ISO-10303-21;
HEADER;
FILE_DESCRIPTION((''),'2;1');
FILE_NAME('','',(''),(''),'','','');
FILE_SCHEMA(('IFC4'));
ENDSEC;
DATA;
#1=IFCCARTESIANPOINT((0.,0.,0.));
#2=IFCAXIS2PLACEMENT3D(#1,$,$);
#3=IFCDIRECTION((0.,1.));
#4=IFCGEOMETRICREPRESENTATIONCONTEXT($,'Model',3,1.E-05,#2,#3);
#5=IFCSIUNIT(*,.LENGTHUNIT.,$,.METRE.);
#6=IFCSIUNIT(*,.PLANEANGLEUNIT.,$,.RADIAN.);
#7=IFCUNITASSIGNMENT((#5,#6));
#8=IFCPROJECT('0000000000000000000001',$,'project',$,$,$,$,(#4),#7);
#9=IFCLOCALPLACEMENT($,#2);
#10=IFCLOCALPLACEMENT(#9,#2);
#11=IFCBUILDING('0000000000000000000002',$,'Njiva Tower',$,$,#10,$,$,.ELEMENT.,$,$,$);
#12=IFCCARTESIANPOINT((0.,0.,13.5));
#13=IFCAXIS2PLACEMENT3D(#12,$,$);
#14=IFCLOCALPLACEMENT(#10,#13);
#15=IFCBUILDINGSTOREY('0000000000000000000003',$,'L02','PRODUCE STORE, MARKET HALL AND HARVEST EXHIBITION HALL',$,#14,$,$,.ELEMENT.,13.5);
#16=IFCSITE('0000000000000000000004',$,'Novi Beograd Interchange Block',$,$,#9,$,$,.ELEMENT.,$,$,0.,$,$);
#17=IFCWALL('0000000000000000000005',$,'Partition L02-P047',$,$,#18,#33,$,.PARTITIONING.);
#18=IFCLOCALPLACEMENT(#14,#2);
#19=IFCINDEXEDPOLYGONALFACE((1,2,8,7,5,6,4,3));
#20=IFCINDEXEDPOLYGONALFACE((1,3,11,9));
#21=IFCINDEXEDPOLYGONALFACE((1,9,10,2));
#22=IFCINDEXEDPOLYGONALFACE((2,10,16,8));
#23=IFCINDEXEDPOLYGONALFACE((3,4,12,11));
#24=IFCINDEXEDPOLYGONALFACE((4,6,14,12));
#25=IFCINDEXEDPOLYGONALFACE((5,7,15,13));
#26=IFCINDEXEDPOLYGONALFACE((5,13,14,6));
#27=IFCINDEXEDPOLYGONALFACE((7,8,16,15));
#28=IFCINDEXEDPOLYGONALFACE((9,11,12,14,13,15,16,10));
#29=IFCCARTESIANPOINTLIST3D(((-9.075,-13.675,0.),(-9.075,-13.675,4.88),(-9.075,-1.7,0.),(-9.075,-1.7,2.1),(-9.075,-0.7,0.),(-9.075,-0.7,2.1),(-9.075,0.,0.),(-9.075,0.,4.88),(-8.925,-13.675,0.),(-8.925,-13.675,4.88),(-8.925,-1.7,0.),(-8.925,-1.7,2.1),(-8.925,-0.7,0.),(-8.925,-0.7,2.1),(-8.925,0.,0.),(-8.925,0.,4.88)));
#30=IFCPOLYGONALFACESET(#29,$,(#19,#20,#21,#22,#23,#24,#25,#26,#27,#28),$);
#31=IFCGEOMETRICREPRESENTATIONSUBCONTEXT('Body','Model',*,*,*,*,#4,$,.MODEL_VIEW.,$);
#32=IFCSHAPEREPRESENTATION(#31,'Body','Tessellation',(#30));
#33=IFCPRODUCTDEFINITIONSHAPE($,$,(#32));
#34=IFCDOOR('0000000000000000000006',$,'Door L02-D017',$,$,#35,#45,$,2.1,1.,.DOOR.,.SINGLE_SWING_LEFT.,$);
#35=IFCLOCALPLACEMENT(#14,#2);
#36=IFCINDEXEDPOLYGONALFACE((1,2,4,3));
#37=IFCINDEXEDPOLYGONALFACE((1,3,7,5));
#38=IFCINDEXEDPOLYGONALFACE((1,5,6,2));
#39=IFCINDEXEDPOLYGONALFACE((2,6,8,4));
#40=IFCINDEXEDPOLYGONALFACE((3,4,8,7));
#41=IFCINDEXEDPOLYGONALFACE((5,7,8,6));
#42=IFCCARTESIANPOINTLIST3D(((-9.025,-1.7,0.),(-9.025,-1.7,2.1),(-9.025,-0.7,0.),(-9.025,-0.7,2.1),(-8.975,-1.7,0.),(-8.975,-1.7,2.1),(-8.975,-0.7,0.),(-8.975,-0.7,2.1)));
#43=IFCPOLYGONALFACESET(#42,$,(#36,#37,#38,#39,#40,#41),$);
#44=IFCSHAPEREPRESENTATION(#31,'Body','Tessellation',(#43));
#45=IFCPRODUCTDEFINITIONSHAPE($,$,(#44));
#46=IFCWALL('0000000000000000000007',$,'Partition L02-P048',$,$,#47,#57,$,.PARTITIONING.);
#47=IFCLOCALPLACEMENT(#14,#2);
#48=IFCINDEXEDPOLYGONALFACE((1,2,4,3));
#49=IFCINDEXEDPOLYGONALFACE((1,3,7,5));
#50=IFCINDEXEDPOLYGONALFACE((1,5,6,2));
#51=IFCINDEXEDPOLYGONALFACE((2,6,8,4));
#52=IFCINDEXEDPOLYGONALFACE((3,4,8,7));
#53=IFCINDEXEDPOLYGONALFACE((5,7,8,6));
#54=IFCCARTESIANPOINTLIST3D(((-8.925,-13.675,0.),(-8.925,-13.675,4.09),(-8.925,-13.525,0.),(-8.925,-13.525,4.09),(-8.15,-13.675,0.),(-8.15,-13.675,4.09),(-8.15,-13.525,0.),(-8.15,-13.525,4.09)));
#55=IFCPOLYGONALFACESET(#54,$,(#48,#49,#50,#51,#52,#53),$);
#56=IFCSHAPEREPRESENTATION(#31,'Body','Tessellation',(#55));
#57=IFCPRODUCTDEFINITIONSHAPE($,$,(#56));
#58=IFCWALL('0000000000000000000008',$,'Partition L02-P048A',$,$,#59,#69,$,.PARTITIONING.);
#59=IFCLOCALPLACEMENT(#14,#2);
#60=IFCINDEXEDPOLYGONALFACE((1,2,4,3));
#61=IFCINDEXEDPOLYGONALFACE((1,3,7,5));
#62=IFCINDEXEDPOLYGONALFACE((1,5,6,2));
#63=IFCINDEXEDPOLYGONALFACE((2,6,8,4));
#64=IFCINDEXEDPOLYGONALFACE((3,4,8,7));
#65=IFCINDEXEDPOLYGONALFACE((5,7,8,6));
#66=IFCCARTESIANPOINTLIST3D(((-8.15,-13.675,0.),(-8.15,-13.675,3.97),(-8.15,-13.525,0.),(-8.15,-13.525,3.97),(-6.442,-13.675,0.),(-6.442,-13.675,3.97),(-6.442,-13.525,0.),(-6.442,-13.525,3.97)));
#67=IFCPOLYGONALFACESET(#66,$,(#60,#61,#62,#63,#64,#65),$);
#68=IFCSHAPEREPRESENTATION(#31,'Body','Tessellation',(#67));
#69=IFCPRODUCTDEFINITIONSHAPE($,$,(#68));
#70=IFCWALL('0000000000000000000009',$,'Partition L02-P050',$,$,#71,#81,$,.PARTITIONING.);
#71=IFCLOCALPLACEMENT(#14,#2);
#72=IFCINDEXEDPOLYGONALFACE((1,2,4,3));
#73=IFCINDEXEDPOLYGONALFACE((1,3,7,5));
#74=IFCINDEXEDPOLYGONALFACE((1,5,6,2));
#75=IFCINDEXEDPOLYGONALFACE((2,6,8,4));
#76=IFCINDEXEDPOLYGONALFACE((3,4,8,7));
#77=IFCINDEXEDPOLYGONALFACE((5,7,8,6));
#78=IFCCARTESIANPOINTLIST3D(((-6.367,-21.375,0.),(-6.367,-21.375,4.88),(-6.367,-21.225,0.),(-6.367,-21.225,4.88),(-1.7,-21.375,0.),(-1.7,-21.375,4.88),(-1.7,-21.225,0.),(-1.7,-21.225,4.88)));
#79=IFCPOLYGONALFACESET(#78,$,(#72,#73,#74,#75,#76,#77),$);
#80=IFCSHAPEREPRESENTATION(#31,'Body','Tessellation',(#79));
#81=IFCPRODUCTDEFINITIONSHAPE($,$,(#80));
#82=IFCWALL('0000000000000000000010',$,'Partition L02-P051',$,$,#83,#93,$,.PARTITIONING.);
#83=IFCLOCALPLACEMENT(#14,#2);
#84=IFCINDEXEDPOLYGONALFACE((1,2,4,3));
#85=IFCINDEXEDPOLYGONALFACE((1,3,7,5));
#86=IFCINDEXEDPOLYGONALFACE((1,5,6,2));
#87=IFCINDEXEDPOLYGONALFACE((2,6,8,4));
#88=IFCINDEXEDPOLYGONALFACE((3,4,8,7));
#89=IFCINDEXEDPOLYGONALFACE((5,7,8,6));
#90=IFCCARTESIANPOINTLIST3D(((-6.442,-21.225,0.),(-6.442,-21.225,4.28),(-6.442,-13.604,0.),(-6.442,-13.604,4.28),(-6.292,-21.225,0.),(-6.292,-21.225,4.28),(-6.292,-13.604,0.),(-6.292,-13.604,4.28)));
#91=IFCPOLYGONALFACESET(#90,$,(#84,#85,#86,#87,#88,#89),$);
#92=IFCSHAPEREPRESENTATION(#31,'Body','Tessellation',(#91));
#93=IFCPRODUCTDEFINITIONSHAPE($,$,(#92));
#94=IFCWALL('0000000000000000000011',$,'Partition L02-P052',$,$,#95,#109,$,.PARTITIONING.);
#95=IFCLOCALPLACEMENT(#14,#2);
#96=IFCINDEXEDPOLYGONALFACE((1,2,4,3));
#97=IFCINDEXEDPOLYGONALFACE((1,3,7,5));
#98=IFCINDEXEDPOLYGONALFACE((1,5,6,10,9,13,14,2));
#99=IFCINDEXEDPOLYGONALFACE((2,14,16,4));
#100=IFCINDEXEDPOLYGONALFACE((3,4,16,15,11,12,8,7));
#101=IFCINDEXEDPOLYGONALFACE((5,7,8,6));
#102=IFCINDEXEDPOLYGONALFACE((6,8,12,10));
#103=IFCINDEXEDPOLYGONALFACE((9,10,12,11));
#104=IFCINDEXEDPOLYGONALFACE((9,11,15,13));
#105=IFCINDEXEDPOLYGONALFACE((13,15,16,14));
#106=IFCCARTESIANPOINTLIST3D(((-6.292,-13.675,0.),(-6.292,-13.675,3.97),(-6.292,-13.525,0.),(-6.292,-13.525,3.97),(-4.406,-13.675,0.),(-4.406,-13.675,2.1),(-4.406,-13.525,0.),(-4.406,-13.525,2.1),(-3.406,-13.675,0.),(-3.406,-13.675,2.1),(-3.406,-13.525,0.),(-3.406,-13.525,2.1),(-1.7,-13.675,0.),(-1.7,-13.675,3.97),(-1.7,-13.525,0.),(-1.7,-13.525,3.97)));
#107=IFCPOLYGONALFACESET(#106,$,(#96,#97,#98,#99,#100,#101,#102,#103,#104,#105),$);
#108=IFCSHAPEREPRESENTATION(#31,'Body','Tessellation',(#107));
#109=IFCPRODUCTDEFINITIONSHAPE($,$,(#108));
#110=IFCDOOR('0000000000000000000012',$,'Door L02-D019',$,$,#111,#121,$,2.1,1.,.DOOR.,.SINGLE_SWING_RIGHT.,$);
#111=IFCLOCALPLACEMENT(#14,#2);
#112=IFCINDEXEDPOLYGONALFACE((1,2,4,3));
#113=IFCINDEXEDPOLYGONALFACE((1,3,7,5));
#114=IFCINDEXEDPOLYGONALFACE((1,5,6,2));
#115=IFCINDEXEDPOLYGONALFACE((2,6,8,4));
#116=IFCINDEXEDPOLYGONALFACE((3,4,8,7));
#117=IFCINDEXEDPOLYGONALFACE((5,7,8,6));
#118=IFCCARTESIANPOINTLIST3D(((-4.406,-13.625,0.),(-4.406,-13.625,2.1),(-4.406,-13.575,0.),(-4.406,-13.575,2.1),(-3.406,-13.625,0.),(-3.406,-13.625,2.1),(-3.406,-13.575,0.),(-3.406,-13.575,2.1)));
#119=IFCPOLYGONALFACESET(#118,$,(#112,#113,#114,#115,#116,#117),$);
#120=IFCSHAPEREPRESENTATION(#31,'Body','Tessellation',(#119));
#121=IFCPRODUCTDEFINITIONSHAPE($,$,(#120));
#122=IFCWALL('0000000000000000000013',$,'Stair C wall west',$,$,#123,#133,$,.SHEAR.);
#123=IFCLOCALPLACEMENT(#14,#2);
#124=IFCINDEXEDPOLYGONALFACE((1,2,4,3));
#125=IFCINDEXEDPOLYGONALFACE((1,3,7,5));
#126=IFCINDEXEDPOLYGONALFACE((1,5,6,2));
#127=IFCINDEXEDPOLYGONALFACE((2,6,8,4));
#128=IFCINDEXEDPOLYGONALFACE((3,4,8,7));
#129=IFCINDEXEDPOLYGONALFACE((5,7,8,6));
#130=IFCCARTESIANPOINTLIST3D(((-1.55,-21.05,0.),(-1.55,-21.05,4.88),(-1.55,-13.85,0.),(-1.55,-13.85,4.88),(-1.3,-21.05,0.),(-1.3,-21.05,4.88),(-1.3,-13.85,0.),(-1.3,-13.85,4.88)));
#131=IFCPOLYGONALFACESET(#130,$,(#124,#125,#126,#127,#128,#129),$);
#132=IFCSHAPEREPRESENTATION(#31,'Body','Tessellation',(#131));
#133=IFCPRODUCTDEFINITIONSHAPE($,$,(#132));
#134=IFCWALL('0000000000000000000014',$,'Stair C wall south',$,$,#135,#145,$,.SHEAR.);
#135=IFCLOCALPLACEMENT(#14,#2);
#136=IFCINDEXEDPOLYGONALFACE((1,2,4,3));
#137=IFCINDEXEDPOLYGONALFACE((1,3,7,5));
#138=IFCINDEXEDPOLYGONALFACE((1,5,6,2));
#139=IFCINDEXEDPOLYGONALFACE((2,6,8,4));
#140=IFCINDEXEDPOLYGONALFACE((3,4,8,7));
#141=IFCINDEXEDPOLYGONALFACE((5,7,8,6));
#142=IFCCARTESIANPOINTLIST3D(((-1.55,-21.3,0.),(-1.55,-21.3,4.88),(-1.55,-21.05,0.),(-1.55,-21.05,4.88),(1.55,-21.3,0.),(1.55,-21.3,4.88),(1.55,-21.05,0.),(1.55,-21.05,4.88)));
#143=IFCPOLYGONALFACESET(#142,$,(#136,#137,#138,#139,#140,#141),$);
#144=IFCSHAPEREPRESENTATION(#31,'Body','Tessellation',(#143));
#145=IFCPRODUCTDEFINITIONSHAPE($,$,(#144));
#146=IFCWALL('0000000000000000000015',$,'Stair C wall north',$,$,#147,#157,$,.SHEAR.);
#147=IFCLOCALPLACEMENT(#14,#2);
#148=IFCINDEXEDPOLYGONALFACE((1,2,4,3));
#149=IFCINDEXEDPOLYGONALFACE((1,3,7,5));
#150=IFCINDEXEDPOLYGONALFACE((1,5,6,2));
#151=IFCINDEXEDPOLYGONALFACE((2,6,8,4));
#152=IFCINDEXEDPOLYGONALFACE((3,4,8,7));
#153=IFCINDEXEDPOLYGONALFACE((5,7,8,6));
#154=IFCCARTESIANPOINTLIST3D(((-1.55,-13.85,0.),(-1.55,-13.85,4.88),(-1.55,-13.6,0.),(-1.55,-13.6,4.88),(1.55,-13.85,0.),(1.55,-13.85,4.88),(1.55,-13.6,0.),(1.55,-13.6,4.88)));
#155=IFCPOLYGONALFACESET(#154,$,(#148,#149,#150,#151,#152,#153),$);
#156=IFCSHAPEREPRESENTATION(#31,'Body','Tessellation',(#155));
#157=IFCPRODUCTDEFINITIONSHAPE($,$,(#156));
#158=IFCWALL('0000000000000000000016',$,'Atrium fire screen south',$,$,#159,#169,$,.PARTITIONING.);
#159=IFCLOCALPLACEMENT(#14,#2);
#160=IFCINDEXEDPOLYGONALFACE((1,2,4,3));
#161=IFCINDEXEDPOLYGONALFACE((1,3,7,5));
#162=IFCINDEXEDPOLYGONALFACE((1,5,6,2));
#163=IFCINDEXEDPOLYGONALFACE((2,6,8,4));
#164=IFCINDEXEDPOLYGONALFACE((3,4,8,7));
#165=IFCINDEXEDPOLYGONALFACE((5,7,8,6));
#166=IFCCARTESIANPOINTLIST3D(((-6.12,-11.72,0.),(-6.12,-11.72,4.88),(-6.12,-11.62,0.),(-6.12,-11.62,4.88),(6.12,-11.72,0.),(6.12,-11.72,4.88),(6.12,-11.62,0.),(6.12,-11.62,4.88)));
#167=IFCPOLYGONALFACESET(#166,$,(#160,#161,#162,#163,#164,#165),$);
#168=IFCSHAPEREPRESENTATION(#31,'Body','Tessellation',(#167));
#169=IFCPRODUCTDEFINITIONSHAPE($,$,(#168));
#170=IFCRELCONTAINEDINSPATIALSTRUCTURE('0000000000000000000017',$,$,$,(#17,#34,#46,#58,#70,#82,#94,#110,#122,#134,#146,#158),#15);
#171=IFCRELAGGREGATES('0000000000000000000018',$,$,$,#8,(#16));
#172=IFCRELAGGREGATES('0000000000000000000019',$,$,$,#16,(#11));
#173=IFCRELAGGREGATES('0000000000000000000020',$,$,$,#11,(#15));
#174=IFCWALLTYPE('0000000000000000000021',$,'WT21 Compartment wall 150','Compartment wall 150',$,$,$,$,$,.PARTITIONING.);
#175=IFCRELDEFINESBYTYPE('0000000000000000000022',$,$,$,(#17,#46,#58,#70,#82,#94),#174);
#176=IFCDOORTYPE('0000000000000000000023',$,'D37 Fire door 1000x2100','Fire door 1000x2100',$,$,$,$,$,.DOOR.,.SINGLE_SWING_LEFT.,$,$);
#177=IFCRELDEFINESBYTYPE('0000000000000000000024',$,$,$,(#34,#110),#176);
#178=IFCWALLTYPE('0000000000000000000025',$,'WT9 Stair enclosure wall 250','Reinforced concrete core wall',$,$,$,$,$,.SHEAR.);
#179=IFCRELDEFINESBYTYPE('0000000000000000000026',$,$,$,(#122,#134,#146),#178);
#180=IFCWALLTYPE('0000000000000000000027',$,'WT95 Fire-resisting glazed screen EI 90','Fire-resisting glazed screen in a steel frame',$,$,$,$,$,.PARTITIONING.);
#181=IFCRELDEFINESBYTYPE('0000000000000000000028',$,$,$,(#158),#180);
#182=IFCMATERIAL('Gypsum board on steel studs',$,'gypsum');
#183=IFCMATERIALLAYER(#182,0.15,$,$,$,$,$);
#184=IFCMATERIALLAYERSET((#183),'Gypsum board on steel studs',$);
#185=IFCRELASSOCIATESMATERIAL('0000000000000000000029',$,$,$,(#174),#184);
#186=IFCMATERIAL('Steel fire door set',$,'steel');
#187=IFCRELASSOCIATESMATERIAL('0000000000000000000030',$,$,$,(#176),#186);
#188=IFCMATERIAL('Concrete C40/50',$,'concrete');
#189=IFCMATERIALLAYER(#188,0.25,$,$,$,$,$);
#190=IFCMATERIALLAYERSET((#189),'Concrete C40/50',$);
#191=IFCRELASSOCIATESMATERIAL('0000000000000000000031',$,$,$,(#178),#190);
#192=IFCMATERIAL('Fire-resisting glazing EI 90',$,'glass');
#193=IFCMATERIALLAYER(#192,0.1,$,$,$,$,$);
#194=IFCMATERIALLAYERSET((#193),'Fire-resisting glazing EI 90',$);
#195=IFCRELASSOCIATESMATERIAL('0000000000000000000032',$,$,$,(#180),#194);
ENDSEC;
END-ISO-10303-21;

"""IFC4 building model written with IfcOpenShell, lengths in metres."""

from ifc_helpers import new_model, si_unit, direction, frame, frame_2d, origin, place, context, subcontext, project, spatial, rectangle, extrude, material, layer, layer_set, type_object, element, fill, save


model = new_model("IFC4")

# Units and contexts
model_context = context("Model", 3, precision=1e-05, world=origin(), true_north=direction((0.0, 1.0)))
body_context = subcontext(model_context, "Body", "Model", "MODEL_VIEW")
ifc_project = project(units=[si_unit("LENGTHUNIT", "METRE"), si_unit("PLANEANGLEUNIT", "RADIAN")], contexts=[model_context])

# Site, building, storey
site_placement = place(None, origin())
site = spatial("IfcSite", under=ifc_project, at=site_placement, Name="Novi Beograd Interchange Block", CompositionType="ELEMENT", RefElevation=0.0)
building_placement = place(site_placement, origin())
building = spatial("IfcBuilding", under=site, at=building_placement, Name="Njiva Tower", CompositionType="ELEMENT")
storey_placement = place(building_placement, frame((0.0, 0.0, 13.5)))
storey = spatial("IfcBuildingStorey", under=building, at=storey_placement, Name="L02", Description="PRODUCE STORE, MARKET HALL AND HARVEST EXHIBITION HALL", CompositionType="ELEMENT", Elevation=13.5)

# Shared definitions
ifc_material_1 = material(Name="Gypsum board on steel studs", Category="gypsum")
ifc_layer_1 = layer(ifc_material_1, 0.15)
ifc_layer_set_1 = layer_set([ifc_layer_1], Name="Gypsum board on steel studs")
wall_type_1 = type_object("IfcWallType", Name="WT21 Compartment wall 150", Description="Compartment wall 150", PredefinedType="PARTITIONING", material=ifc_layer_set_1)

# Wall, opening, door
wall_1_placement = place(storey_placement, frame((-9.0, -13.675, 0.0), z_axis=(0.0, 0.0, 1.0), x_axis=(0.0, 1.0, 0.0)))
wall_1 = element("IfcWall", 1, at=wall_1_placement, inside=storey, type_object=wall_type_1, Name="Partition L02-P047", PredefinedType="PARTITIONING", context=body_context, shape_type="SweptSolid", body=[
    extrude(rectangle(XDim=13.675, YDim=0.15, at=frame_2d((6.8375, 0.0))), origin(), (0.0, 0.0, 1.0), 4.88),
])
opening_1_placement = place(wall_1_placement, frame((11.975, 0.0, 0.0)))
opening_1 = element("IfcOpeningElement", 2, at=opening_1_placement, cuts=wall_1, PredefinedType="OPENING", context=body_context, shape_type="SweptSolid", body=[
    extrude(rectangle(XDim=1.0, YDim=2.1, at=frame_2d((0.5, 1.05))), frame((0.0, 0.085, 0.0), z_axis=(0.0, -1.0, 0.0), x_axis=(1.0, 0.0, 0.0)), (0.0, 0.0, 1.0), 0.17),
])
ifc_material_2 = material(Name="Steel fire door set", Category="steel")
door_type = type_object("IfcDoorType", Name="D37 Fire door 1000x2100", Description="Fire door 1000x2100", OperationType="SINGLE_SWING_LEFT", PredefinedType="DOOR", material=ifc_material_2)
door_1_placement = place(opening_1_placement, origin())
door_1 = element("IfcDoor", 3, at=door_1_placement, inside=storey, type_object=door_type, Name="Door L02-D017", OperationType="SINGLE_SWING_LEFT", OverallHeight=2.1, OverallWidth=1.0, PredefinedType="DOOR", context=body_context, shape_type="SweptSolid", body=[
    extrude(rectangle(XDim=1.0, YDim=2.1, at=frame_2d((0.5, 1.05))), frame((0.0, 0.025, 0.0), z_axis=(0.0, -1.0, 0.0), x_axis=(1.0, 0.0, 0.0)), (0.0, 0.0, 1.0), 0.05),
])
fill(opening_1, door_1)

# Walls
wall_2_placement = place(storey_placement, frame((-8.925, -13.6, 0.0), z_axis=(0.0, 0.0, 1.0), x_axis=(1.0, 0.0, 0.0)))
element("IfcWall", 4, at=wall_2_placement, inside=storey, type_object=wall_type_1, Name="Partition L02-P048", PredefinedType="PARTITIONING", context=body_context, shape_type="SweptSolid", body=[
    extrude(rectangle(XDim=0.775, YDim=0.15, at=frame_2d((0.3875, 0.0))), origin(), (0.0, 0.0, 1.0), 4.09),
])
wall_3_placement = place(storey_placement, frame((-8.15, -13.6, 0.0), z_axis=(0.0, 0.0, 1.0), x_axis=(1.0, 0.0, 0.0)))
element("IfcWall", 5, at=wall_3_placement, inside=storey, type_object=wall_type_1, Name="Partition L02-P048A", PredefinedType="PARTITIONING", context=body_context, shape_type="SweptSolid", body=[
    extrude(rectangle(XDim=1.708, YDim=0.15, at=frame_2d((0.854, 0.0))), origin(), (0.0, 0.0, 1.0), 3.97),
])
wall_4_placement = place(storey_placement, frame((-6.367, -21.3, 0.0), z_axis=(0.0, 0.0, 1.0), x_axis=(1.0, 0.0, 0.0)))
element("IfcWall", 6, at=wall_4_placement, inside=storey, type_object=wall_type_1, Name="Partition L02-P050", PredefinedType="PARTITIONING", context=body_context, shape_type="SweptSolid", body=[
    extrude(rectangle(XDim=4.667, YDim=0.15, at=frame_2d((2.3335, 0.0))), origin(), (0.0, 0.0, 1.0), 4.88),
])
wall_5_placement = place(storey_placement, frame((-6.367, -21.225, 0.0), z_axis=(0.0, 0.0, 1.0), x_axis=(0.0, 1.0, 0.0)))
element("IfcWall", 7, at=wall_5_placement, inside=storey, type_object=wall_type_1, Name="Partition L02-P051", PredefinedType="PARTITIONING", context=body_context, shape_type="SweptSolid", body=[
    extrude(rectangle(XDim=7.621, YDim=0.15, at=frame_2d((3.8105, 0.0))), origin(), (0.0, 0.0, 1.0), 4.28),
])

# Wall, opening, door
wall_6_placement = place(storey_placement, frame((-6.292, -13.6, 0.0), z_axis=(0.0, 0.0, 1.0), x_axis=(1.0, 0.0, 0.0)))
wall_6 = element("IfcWall", 8, at=wall_6_placement, inside=storey, type_object=wall_type_1, Name="Partition L02-P052", PredefinedType="PARTITIONING", context=body_context, shape_type="SweptSolid", body=[
    extrude(rectangle(XDim=4.592, YDim=0.15, at=frame_2d((2.296, 0.0))), origin(), (0.0, 0.0, 1.0), 3.97),
])
opening_2_placement = place(wall_6_placement, frame((1.886, 0.0, 0.0)))
opening_2 = element("IfcOpeningElement", 9, at=opening_2_placement, cuts=wall_6, PredefinedType="OPENING", context=body_context, shape_type="SweptSolid", body=[
    extrude(rectangle(XDim=1.0, YDim=2.1, at=frame_2d((0.5, 1.05))), frame((0.0, 0.085, 0.0), z_axis=(0.0, -1.0, 0.0), x_axis=(1.0, 0.0, 0.0)), (0.0, 0.0, 1.0), 0.17),
])
door_2_placement = place(opening_2_placement, origin())
door_2 = element("IfcDoor", 10, at=door_2_placement, inside=storey, type_object=door_type, Name="Door L02-D019", OperationType="SINGLE_SWING_RIGHT", OverallHeight=2.1, OverallWidth=1.0, PredefinedType="DOOR", context=body_context, shape_type="SweptSolid", body=[
    extrude(rectangle(XDim=1.0, YDim=2.1, at=frame_2d((0.5, 1.05))), frame((0.0, 0.025, 0.0), z_axis=(0.0, -1.0, 0.0), x_axis=(1.0, 0.0, 0.0)), (0.0, 0.0, 1.0), 0.05),
])
fill(opening_2, door_2)

# Walls
ifc_material_3 = material(Name="Concrete C40/50", Category="concrete")
ifc_layer_2 = layer(ifc_material_3, 0.25)
ifc_layer_set_2 = layer_set([ifc_layer_2], Name="Concrete C40/50")
wall_type_2 = type_object("IfcWallType", Name="WT9 Stair enclosure wall 250", Description="Reinforced concrete core wall", PredefinedType="SHEAR", material=ifc_layer_set_2)
wall_7_placement = place(storey_placement, frame((-1.425, -21.05, 0.0), z_axis=(0.0, 0.0, 1.0), x_axis=(0.0, 1.0, 0.0)))
element("IfcWall", 11, at=wall_7_placement, inside=storey, type_object=wall_type_2, Name="Stair C wall west", PredefinedType="SHEAR", context=body_context, shape_type="SweptSolid", body=[
    extrude(rectangle(XDim=7.2, YDim=0.25, at=frame_2d((3.6, 0.0))), origin(), (0.0, 0.0, 1.0), 4.88),
])
for number, where, z_axis, x_axis, name in (
    (12, (-1.55, -21.175, 0.0), (0.0, 0.0, 1.0), (1.0, 0.0, 0.0), "Stair C wall south"),
    (13, (-1.55, -13.725, 0.0), (0.0, 0.0, 1.0), (1.0, 0.0, 0.0), "Stair C wall north"),
):
    element("IfcWall", number, at=place(storey_placement, frame(where, z_axis=z_axis, x_axis=x_axis)), inside=storey, type_object=wall_type_2, Name=name, PredefinedType="SHEAR", context=body_context, shape_type="SweptSolid", body=[
        extrude(rectangle(XDim=3.1, YDim=0.25, at=frame_2d((1.55, 0.0))), origin(), (0.0, 0.0, 1.0), 4.88),
    ])
ifc_material_4 = material(Name="Fire-resisting glazing EI 90", Category="glass")
ifc_layer_3 = layer(ifc_material_4, 0.1)
ifc_layer_set_3 = layer_set([ifc_layer_3], Name="Fire-resisting glazing EI 90")
wall_type_3 = type_object("IfcWallType", Name="WT95 Fire-resisting glazed screen EI 90", Description="Fire-resisting glazed screen in a steel frame", PredefinedType="PARTITIONING", material=ifc_layer_set_3)
wall_8_placement = place(storey_placement, frame((-6.12, -11.67, 0.0), z_axis=(0.0, 0.0, 1.0), x_axis=(1.0, 0.0, 0.0)))
element("IfcWall", 14, at=wall_8_placement, inside=storey, type_object=wall_type_3, Name="Atrium fire screen south", PredefinedType="PARTITIONING", context=body_context, shape_type="SweptSolid", body=[
    extrude(rectangle(XDim=12.24, YDim=0.1, at=frame_2d((6.12, 0.0))), origin(), (0.0, 0.0, 1.0), 4.88),
])

save(model, "model.ifc")
